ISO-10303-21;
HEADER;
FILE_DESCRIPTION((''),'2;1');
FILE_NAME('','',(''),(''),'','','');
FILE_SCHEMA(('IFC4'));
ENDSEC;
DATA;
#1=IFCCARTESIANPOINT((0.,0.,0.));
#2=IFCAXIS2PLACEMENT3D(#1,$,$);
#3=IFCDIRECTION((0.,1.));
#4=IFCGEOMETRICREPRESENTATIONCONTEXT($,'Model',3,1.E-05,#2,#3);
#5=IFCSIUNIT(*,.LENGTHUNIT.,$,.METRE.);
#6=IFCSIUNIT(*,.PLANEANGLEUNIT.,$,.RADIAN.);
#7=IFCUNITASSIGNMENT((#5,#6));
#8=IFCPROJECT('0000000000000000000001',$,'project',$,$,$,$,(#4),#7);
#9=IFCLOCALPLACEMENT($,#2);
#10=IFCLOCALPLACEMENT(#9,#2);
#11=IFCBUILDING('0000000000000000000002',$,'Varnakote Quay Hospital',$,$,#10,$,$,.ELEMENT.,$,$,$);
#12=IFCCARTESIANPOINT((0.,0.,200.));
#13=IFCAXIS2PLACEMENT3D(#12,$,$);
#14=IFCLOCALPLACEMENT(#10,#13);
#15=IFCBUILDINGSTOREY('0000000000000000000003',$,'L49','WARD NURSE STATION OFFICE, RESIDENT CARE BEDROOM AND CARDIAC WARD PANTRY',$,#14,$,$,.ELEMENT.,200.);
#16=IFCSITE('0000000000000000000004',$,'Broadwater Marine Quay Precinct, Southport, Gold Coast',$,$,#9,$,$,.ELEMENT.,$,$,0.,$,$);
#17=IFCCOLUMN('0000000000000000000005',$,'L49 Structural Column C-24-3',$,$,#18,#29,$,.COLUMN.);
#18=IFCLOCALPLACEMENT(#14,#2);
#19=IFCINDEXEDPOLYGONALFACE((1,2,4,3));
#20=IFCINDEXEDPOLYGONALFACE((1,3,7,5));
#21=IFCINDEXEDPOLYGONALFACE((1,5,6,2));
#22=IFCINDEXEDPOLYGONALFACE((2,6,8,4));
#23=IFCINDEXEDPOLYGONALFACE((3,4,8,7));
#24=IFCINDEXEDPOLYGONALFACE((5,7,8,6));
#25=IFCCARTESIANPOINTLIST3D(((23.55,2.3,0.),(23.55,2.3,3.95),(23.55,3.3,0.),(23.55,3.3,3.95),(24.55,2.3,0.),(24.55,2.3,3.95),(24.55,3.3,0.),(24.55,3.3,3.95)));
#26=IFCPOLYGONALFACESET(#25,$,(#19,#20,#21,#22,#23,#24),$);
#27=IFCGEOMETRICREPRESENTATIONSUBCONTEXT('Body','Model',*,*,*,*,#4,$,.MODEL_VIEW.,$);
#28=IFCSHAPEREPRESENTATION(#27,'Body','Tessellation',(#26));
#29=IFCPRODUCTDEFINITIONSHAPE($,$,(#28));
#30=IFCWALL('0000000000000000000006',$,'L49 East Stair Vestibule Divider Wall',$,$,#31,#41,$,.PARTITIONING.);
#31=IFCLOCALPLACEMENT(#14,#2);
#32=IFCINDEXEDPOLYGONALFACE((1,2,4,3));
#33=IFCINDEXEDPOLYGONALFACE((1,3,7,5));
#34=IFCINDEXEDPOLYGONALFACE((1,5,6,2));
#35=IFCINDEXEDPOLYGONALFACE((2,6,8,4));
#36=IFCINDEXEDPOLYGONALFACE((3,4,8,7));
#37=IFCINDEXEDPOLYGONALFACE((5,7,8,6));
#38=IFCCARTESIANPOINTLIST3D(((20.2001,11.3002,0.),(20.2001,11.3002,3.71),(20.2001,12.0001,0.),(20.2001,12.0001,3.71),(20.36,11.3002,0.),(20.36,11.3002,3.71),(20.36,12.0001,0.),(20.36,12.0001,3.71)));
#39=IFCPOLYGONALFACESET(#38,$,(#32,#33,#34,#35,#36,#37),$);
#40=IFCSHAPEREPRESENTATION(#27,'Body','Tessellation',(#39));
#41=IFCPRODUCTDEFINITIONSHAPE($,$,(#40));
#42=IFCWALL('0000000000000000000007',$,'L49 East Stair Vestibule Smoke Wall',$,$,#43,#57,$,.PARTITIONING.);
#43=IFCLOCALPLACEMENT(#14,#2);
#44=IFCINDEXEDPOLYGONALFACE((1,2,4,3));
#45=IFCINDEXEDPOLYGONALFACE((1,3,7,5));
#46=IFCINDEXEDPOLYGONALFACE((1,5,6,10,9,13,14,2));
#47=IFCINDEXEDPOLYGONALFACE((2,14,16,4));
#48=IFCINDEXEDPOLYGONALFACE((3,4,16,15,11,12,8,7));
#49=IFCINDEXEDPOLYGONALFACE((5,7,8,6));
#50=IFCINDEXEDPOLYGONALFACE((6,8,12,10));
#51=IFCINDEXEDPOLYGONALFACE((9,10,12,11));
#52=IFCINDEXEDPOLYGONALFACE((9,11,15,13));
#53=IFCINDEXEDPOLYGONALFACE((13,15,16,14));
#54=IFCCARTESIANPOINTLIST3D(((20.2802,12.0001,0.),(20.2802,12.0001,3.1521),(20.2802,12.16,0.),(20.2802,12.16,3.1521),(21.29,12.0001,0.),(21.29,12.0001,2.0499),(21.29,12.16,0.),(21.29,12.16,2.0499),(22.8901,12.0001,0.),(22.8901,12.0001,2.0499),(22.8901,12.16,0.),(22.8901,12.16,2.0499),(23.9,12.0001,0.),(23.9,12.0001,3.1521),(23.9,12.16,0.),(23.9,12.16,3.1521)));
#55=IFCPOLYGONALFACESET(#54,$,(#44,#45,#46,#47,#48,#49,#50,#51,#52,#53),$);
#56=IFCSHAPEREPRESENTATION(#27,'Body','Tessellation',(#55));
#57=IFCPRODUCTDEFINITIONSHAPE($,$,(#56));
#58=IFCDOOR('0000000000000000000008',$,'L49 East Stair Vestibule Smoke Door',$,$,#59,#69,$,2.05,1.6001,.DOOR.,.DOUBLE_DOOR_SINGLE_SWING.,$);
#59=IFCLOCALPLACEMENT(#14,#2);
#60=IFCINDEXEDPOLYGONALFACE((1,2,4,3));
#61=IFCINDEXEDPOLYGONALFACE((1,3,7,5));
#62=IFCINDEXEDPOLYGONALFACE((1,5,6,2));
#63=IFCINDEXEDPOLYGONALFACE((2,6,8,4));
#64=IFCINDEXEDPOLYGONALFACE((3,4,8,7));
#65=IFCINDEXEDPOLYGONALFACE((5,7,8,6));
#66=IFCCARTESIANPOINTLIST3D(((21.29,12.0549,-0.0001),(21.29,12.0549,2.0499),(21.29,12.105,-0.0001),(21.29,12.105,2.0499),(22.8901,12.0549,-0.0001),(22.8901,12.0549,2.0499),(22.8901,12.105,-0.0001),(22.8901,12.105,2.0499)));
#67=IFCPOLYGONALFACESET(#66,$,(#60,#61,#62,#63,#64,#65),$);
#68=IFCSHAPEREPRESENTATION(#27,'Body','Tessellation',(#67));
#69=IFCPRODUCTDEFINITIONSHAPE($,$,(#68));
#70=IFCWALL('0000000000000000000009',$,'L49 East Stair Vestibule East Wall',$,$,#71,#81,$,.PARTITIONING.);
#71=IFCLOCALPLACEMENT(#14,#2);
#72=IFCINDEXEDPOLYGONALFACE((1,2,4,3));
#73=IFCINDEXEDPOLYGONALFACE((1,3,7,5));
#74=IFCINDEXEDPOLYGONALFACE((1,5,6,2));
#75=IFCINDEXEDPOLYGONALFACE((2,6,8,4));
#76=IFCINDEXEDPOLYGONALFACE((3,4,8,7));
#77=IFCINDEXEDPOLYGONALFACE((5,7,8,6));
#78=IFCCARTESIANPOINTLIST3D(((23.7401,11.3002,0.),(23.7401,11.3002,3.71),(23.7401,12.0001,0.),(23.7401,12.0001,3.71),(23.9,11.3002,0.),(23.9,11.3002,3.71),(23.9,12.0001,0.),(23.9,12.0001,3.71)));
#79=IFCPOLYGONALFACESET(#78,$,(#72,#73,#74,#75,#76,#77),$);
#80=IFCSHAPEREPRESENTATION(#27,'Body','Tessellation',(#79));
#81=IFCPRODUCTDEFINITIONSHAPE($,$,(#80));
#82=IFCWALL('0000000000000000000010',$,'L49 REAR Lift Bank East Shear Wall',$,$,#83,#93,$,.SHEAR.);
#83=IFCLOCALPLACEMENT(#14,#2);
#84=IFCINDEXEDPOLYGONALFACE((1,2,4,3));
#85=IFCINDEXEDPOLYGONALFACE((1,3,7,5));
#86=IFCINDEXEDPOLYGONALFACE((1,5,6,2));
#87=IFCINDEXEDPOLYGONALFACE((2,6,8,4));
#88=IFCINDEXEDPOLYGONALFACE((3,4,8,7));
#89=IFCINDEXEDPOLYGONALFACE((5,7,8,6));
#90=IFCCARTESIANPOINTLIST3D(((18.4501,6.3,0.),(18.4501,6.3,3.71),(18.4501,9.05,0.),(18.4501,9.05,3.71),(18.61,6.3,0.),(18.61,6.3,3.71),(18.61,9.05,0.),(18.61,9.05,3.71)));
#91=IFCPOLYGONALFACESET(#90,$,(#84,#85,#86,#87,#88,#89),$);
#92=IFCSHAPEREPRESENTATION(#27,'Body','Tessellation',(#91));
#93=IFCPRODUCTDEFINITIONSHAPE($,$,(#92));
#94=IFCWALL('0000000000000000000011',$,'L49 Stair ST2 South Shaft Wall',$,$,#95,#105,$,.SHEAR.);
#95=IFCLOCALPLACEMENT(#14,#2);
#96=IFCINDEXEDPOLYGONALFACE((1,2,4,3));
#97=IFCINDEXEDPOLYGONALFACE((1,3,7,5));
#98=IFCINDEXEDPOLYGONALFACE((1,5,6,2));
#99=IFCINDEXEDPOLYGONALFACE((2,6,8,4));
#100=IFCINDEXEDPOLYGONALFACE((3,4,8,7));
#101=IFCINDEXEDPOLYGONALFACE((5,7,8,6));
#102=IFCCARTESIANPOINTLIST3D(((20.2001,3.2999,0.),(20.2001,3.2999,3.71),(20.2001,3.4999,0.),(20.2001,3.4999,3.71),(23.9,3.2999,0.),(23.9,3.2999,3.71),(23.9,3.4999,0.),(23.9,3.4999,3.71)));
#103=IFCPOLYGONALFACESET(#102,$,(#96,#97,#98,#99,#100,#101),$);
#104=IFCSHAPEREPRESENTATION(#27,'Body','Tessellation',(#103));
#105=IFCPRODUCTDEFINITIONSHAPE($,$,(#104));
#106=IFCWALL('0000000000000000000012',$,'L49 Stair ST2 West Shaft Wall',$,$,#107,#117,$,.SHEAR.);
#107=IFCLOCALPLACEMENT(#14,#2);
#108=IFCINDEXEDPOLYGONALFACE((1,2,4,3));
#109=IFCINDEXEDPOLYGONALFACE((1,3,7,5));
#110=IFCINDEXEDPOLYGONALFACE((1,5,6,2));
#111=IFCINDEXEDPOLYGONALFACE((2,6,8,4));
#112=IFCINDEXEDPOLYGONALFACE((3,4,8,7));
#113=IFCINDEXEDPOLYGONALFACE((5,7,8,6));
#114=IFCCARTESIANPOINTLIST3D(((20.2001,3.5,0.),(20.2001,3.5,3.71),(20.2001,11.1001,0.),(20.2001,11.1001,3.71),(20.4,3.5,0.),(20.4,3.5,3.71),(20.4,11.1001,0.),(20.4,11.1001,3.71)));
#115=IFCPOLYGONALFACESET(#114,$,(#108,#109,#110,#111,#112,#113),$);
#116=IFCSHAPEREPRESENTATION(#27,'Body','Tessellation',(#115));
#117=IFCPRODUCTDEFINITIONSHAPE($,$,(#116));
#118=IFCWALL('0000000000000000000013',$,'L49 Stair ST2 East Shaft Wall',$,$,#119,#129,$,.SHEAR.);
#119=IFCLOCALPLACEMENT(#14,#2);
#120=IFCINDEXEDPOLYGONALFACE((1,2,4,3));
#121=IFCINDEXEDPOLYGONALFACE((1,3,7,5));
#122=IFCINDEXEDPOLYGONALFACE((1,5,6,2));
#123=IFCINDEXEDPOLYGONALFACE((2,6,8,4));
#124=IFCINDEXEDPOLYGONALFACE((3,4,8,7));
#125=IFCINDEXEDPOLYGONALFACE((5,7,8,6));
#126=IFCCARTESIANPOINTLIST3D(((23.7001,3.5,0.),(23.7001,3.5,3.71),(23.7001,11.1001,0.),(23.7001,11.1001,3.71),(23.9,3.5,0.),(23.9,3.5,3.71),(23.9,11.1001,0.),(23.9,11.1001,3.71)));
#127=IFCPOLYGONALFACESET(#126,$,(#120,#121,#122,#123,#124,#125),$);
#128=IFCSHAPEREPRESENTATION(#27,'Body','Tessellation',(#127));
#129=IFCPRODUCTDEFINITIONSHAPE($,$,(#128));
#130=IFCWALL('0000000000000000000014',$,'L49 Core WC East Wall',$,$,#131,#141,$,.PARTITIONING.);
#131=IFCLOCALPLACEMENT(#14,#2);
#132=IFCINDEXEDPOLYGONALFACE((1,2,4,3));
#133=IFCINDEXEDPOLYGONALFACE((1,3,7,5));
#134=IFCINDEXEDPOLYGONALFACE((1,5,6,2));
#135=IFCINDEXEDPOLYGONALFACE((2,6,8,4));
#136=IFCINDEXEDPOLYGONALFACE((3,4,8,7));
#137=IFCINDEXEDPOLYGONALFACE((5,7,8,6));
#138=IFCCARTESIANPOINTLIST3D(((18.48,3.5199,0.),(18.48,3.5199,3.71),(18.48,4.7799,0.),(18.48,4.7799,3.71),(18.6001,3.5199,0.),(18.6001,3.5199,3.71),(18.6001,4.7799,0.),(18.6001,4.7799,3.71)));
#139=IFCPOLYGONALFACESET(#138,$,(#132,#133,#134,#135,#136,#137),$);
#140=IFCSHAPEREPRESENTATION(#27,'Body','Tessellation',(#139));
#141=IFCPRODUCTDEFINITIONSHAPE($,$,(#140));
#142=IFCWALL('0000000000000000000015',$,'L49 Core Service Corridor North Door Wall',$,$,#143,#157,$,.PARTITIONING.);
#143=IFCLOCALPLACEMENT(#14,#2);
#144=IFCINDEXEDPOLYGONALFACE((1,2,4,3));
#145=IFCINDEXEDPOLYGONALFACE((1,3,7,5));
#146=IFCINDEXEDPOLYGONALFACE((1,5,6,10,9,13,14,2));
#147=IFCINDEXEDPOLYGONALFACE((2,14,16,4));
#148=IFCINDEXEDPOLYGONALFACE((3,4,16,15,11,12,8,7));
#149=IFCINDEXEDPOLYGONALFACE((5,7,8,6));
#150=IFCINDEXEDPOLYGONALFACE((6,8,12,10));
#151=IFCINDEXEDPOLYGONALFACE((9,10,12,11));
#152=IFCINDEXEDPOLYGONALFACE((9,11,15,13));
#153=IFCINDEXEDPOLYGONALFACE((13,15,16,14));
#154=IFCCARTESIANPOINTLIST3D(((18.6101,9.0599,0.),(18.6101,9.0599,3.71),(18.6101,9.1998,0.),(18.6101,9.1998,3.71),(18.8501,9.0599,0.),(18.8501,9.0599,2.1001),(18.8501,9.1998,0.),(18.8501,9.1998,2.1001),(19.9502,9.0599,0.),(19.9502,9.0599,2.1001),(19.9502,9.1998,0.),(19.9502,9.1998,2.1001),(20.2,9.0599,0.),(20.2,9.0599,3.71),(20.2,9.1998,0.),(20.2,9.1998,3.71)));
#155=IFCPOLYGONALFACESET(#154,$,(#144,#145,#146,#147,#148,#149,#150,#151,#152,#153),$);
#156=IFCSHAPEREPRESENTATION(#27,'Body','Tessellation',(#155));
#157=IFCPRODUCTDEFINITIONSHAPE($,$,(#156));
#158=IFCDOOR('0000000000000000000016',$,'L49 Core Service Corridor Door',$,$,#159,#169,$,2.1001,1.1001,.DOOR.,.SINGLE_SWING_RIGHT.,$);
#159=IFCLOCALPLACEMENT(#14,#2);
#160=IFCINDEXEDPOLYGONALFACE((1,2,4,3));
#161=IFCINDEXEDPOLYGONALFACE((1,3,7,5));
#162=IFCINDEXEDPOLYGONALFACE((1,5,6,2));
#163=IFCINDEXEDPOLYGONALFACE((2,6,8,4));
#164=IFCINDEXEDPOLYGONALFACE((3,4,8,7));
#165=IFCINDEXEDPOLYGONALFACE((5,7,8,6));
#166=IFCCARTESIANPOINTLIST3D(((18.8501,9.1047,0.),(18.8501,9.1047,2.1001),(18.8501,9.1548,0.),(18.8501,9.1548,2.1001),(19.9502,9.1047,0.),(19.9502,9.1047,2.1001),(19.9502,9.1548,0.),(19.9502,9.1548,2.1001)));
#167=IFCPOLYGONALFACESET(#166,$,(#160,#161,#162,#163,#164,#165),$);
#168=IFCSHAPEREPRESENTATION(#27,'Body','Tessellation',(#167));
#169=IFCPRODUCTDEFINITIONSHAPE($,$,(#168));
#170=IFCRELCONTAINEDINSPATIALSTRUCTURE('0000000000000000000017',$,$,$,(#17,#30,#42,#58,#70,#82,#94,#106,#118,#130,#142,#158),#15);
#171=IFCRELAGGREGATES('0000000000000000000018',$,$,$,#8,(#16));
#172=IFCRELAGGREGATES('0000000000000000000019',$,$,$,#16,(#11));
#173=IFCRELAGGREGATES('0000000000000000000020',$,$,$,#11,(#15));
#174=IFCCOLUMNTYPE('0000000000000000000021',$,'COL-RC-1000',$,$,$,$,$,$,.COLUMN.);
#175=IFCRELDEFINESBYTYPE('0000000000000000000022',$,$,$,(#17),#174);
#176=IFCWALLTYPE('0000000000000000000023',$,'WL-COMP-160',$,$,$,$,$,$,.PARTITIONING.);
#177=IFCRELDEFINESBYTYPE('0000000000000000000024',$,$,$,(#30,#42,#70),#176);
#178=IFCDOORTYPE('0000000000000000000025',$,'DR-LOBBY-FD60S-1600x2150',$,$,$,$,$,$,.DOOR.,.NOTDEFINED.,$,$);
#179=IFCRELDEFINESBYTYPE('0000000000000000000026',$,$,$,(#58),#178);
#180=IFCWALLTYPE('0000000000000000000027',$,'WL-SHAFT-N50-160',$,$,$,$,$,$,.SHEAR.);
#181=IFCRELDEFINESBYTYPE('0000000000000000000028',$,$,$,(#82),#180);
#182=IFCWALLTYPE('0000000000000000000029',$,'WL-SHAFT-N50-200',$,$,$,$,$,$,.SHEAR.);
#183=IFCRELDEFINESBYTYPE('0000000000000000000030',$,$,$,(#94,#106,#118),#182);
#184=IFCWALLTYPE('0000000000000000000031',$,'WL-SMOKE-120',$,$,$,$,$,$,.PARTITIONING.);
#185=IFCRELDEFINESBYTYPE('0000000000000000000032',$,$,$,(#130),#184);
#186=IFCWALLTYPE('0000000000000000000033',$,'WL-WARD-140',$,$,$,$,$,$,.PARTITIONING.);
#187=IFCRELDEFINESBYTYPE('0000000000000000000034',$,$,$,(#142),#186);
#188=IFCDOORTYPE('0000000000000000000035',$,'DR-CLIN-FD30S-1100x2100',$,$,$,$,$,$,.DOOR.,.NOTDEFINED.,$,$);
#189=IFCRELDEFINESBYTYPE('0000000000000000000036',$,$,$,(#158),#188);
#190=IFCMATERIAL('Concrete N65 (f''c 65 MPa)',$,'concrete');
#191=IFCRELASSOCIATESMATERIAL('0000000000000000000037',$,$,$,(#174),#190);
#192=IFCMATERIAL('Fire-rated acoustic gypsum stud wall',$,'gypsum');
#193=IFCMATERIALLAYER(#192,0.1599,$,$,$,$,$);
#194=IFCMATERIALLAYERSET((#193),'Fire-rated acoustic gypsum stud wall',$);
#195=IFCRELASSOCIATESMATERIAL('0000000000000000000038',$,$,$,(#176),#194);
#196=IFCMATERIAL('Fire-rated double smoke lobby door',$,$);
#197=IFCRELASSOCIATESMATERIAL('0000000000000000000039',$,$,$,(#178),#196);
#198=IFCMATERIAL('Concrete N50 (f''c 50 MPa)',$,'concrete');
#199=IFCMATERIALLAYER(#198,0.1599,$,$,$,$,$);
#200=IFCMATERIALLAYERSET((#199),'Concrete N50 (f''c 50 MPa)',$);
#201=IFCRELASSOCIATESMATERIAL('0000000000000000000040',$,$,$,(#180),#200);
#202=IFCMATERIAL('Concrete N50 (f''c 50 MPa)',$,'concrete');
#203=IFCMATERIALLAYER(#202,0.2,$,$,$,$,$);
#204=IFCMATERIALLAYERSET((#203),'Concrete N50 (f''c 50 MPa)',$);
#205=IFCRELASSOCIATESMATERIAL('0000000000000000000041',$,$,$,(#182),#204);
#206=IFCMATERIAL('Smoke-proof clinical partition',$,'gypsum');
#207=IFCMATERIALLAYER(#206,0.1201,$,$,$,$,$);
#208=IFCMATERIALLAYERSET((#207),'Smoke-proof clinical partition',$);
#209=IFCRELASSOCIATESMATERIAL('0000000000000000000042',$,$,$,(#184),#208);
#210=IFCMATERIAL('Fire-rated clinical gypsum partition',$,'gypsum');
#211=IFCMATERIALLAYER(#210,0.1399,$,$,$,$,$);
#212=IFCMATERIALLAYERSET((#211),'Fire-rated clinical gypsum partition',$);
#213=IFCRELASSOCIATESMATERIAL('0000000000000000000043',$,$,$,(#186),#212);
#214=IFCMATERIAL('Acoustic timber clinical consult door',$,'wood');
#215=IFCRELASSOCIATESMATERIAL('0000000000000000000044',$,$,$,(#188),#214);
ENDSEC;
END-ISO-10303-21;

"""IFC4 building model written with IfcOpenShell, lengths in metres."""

from ifc_helpers import new_model, si_unit, direction, frame, frame_2d, origin, origin_2d, place, context, subcontext, project, spatial, rectangle, extrude, material, layer, layer_set, material_profile, profile_set, type_object, element, fill, save


model = new_model("IFC4")

# Units and contexts
model_context = context("Model", 3, precision=1e-05, world=origin(), true_north=direction((0.0, 1.0)))
body_context = subcontext(model_context, "Body", "Model", "MODEL_VIEW")
ifc_project = project(units=[si_unit("LENGTHUNIT", "METRE"), si_unit("PLANEANGLEUNIT", "RADIAN")], contexts=[model_context])

# Site, building, storey
site_placement = place(None, origin())
site = spatial("IfcSite", under=ifc_project, at=site_placement, Name="Broadwater Marine Quay Precinct, Southport, Gold Coast", CompositionType="ELEMENT", RefElevation=0.0)
building_placement = place(site_placement, origin())
building = spatial("IfcBuilding", under=site, at=building_placement, Name="Varnakote Quay Hospital", CompositionType="ELEMENT")
storey_placement = place(building_placement, frame((0.0, 0.0, 200.0)))
storey = spatial("IfcBuildingStorey", under=building, at=storey_placement, Name="L49", Description="WARD NURSE STATION OFFICE, RESIDENT CARE BEDROOM AND CARDIAC WARD PANTRY", CompositionType="ELEMENT", Elevation=200.0)

# Column
ifc_material_1 = material(Name="Concrete N65 (f'c 65 MPa)", Category="concrete")
ifc_material_profile = material_profile(ifc_material_1, rectangle(XDim=1.0, YDim=1.0, at=origin_2d()), Name="RC-COL-1000x1000")
ifc_profile_set = profile_set([ifc_material_profile], Name="Concrete N65 (f'c 65 MPa)")
column_type = type_object("IfcColumnType", Name="COL-RC-1000", PredefinedType="COLUMN", material=ifc_profile_set)
column_placement = place(storey_placement, frame((24.05, 2.8, 0.0), z_axis=(0.0, 0.0, 1.0), x_axis=(1.0, 0.0, 0.0)))
element("IfcColumn", 1, at=column_placement, inside=storey, type_object=column_type, Name="L49 Structural Column C-24-3", PredefinedType="COLUMN", context=body_context, shape_type="SweptSolid", body=[
    extrude(rectangle(XDim=1.0, YDim=1.0, at=origin_2d()), origin(), (0.0, 0.0, 1.0), 3.95),
])

# Wall
ifc_material_2 = material(Name="Fire-rated acoustic gypsum stud wall", Category="gypsum")
ifc_layer_1 = layer(ifc_material_2, 0.1599)
ifc_layer_set_1 = layer_set([ifc_layer_1], Name="Fire-rated acoustic gypsum stud wall")
wall_type_1 = type_object("IfcWallType", Name="WL-COMP-160", PredefinedType="PARTITIONING", material=ifc_layer_set_1)
wall_1_placement = place(storey_placement, frame((20.28, 11.3, 0.0), z_axis=(0.0, 0.0, 1.0), x_axis=(0.0, 1.0, 0.0)))
element("IfcWall", 2, at=wall_1_placement, inside=storey, type_object=wall_type_1, Name="L49 East Stair Vestibule Divider Wall", PredefinedType="PARTITIONING", context=body_context, shape_type="SweptSolid", body=[
    extrude(rectangle(XDim=0.7, YDim=0.1599, at=frame_2d((0.3501, 0.0))), origin(), (0.0, 0.0, 1.0), 3.71),
])

# Wall, opening, door
wall_2_placement = place(storey_placement, frame((20.28, 12.0801, 0.0), z_axis=(0.0, 0.0, 1.0), x_axis=(1.0, 0.0, 0.0)))
wall_2 = element("IfcWall", 3, at=wall_2_placement, inside=storey, type_object=wall_type_1, Name="L49 East Stair Vestibule Smoke Wall", PredefinedType="PARTITIONING", context=body_context, shape_type="SweptSolid", body=[
    extrude(rectangle(XDim=3.6199, YDim=0.1599, at=frame_2d((1.8101, 0.0))), origin(), (0.0, 0.0, 1.0), 3.1521),
])
opening_1_placement = place(wall_2_placement, frame((1.01, 0.0, 0.0)))
opening_1 = element("IfcOpeningElement", 4, at=opening_1_placement, cuts=wall_2, PredefinedType="OPENING", context=body_context, shape_type="SweptSolid", body=[
    extrude(rectangle(XDim=1.6001, YDim=2.05, at=frame_2d((0.8, 1.0249))), frame((0.0, 0.0898, 0.0), z_axis=(0.0, -1.0, 0.0), x_axis=(1.0, 0.0, 0.0)), (0.0, 0.0, 1.0), 0.1799),
])
ifc_material_3 = material(Name="Fire-rated double smoke lobby door")
door_type_1 = type_object("IfcDoorType", Name="DR-LOBBY-FD60S-1600x2150", OperationType="NOTDEFINED", PredefinedType="DOOR", material=ifc_material_3)
door_1_placement = place(opening_1_placement, origin())
door_1 = element("IfcDoor", 5, at=door_1_placement, inside=storey, type_object=door_type_1, Name="L49 East Stair Vestibule Smoke Door", OperationType="DOUBLE_DOOR_SINGLE_SWING", OverallHeight=2.05, OverallWidth=1.6001, PredefinedType="DOOR", context=body_context, shape_type="SweptSolid", body=[
    extrude(rectangle(XDim=1.6001, YDim=2.05, at=frame_2d((0.8, 1.0249))), frame((0.0, 0.0249, 0.0), z_axis=(0.0, -1.0, 0.0), x_axis=(1.0, 0.0, 0.0)), (0.0, 0.0, 1.0), 0.05),
])
fill(opening_1, door_1)

# Walls
wall_3_placement = place(storey_placement, frame((23.8201, 11.3, 0.0), z_axis=(0.0, 0.0, 1.0), x_axis=(0.0, 1.0, 0.0)))
element("IfcWall", 6, at=wall_3_placement, inside=storey, type_object=wall_type_1, Name="L49 East Stair Vestibule East Wall", PredefinedType="PARTITIONING", context=body_context, shape_type="SweptSolid", body=[
    extrude(rectangle(XDim=0.7, YDim=0.1599, at=frame_2d((0.3501, 0.0))), origin(), (0.0, 0.0, 1.0), 3.71),
])
ifc_material_4 = material(Name="Concrete N50 (f'c 50 MPa)", Category="concrete")
ifc_layer_2 = layer(ifc_material_4, 0.1599)
ifc_layer_set_2 = layer_set([ifc_layer_2], Name="Concrete N50 (f'c 50 MPa)")
wall_type_2 = type_object("IfcWallType", Name="WL-SHAFT-N50-160", PredefinedType="SHEAR", material=ifc_layer_set_2)
wall_4_placement = place(storey_placement, frame((18.53, 6.3, 0.0), z_axis=(0.0, 0.0, 1.0), x_axis=(0.0, 1.0, 0.0)))
element("IfcWall", 7, at=wall_4_placement, inside=storey, type_object=wall_type_2, Name="L49 REAR Lift Bank East Shear Wall", PredefinedType="SHEAR", context=body_context, shape_type="SweptSolid", body=[
    extrude(rectangle(XDim=2.75, YDim=0.1599, at=frame_2d((1.375, 0.0))), origin(), (0.0, 0.0, 1.0), 3.71),
])
ifc_material_5 = material(Name="Concrete N50 (f'c 50 MPa)", Category="concrete")
ifc_layer_3 = layer(ifc_material_5, 0.2)
ifc_layer_set_3 = layer_set([ifc_layer_3], Name="Concrete N50 (f'c 50 MPa)")
wall_type_3 = type_object("IfcWallType", Name="WL-SHAFT-N50-200", PredefinedType="SHEAR", material=ifc_layer_set_3)
wall_5_placement = place(storey_placement, frame((20.2, 3.3999, 0.0), z_axis=(0.0, 0.0, 1.0), x_axis=(1.0, 0.0, 0.0)))
element("IfcWall", 8, at=wall_5_placement, inside=storey, type_object=wall_type_3, Name="L49 Stair ST2 South Shaft Wall", PredefinedType="SHEAR", context=body_context, shape_type="SweptSolid", body=[
    extrude(rectangle(XDim=3.7, YDim=0.2, at=frame_2d((1.8501, 0.0))), origin(), (0.0, 0.0, 1.0), 3.71),
])
for number, where, z_axis, x_axis, name in (
    (9, (20.3, 3.5, 0.0), (0.0, 0.0, 1.0), (0.0, 1.0, 0.0), "L49 Stair ST2 West Shaft Wall"),
    (10, (23.8, 3.5, 0.0), (0.0, 0.0, 1.0), (0.0, 1.0, 0.0), "L49 Stair ST2 East Shaft Wall"),
):
    element("IfcWall", number, at=place(storey_placement, frame(where, z_axis=z_axis, x_axis=x_axis)), inside=storey, type_object=wall_type_3, Name=name, PredefinedType="SHEAR", context=body_context, shape_type="SweptSolid", body=[
        extrude(rectangle(XDim=7.6001, YDim=0.2, at=frame_2d((3.8, 0.0))), origin(), (0.0, 0.0, 1.0), 3.71),
    ])

# Wall
ifc_material_6 = material(Name="Smoke-proof clinical partition", Category="gypsum")
ifc_layer_4 = layer(ifc_material_6, 0.1201)
ifc_layer_set_4 = layer_set([ifc_layer_4], Name="Smoke-proof clinical partition")
wall_type_4 = type_object("IfcWallType", Name="WL-SMOKE-120", PredefinedType="PARTITIONING", material=ifc_layer_set_4)
wall_6_placement = place(storey_placement, frame((18.54, 3.52, 0.0), z_axis=(0.0, 0.0, 1.0), x_axis=(0.0, 1.0, 0.0)))
element("IfcWall", 11, at=wall_6_placement, inside=storey, type_object=wall_type_4, Name="L49 Core WC East Wall", PredefinedType="PARTITIONING", context=body_context, shape_type="SweptSolid", body=[
    extrude(rectangle(XDim=1.26, YDim=0.1201, at=frame_2d((0.6299, 0.0))), origin(), (0.0, 0.0, 1.0), 3.71),
])

# Wall, opening, door
ifc_material_7 = material(Name="Fire-rated clinical gypsum partition", Category="gypsum")
ifc_layer_5 = layer(ifc_material_7, 0.1399)
ifc_layer_set_5 = layer_set([ifc_layer_5], Name="Fire-rated clinical gypsum partition")
wall_type_5 = type_object("IfcWallType", Name="WL-WARD-140", PredefinedType="PARTITIONING", material=ifc_layer_set_5)
wall_7_placement = place(storey_placement, frame((18.6101, 9.1299, 0.0), z_axis=(0.0, 0.0, 1.0), x_axis=(1.0, 0.0, 0.0)))
wall_7 = element("IfcWall", 12, at=wall_7_placement, inside=storey, type_object=wall_type_5, Name="L49 Core Service Corridor North Door Wall", PredefinedType="PARTITIONING", context=body_context, shape_type="SweptSolid", body=[
    extrude(rectangle(XDim=1.5898, YDim=0.1399, at=frame_2d((0.7949, 0.0))), origin(), (0.0, 0.0, 1.0), 3.71),
])
opening_2_placement = place(wall_7_placement, frame((0.24, 0.0, 0.0)))
opening_2 = element("IfcOpeningElement", 13, at=opening_2_placement, cuts=wall_7, PredefinedType="OPENING", context=body_context, shape_type="SweptSolid", body=[
    extrude(rectangle(XDim=1.1001, YDim=2.1001, at=frame_2d((0.55, 1.05))), frame((0.0, 0.0798, 0.0), z_axis=(0.0, -1.0, 0.0), x_axis=(1.0, 0.0, 0.0)), (0.0, 0.0, 1.0), 0.1599),
])
ifc_material_8 = material(Name="Acoustic timber clinical consult door", Category="wood")
door_type_2 = type_object("IfcDoorType", Name="DR-CLIN-FD30S-1100x2100", OperationType="NOTDEFINED", PredefinedType="DOOR", material=ifc_material_8)
door_2_placement = place(opening_2_placement, origin())
door_2 = element("IfcDoor", 14, at=door_2_placement, inside=storey, type_object=door_type_2, Name="L49 Core Service Corridor Door", OperationType="SINGLE_SWING_RIGHT", OverallHeight=2.1001, OverallWidth=1.1001, PredefinedType="DOOR", context=body_context, shape_type="SweptSolid", body=[
    extrude(rectangle(XDim=1.1001, YDim=2.1001, at=frame_2d((0.55, 1.05))), frame((0.0, 0.0249, 0.0), z_axis=(0.0, -1.0, 0.0), x_axis=(1.0, 0.0, 0.0)), (0.0, 0.0, 1.0), 0.05),
])
fill(opening_2, door_2)

save(model, "model.ifc")
